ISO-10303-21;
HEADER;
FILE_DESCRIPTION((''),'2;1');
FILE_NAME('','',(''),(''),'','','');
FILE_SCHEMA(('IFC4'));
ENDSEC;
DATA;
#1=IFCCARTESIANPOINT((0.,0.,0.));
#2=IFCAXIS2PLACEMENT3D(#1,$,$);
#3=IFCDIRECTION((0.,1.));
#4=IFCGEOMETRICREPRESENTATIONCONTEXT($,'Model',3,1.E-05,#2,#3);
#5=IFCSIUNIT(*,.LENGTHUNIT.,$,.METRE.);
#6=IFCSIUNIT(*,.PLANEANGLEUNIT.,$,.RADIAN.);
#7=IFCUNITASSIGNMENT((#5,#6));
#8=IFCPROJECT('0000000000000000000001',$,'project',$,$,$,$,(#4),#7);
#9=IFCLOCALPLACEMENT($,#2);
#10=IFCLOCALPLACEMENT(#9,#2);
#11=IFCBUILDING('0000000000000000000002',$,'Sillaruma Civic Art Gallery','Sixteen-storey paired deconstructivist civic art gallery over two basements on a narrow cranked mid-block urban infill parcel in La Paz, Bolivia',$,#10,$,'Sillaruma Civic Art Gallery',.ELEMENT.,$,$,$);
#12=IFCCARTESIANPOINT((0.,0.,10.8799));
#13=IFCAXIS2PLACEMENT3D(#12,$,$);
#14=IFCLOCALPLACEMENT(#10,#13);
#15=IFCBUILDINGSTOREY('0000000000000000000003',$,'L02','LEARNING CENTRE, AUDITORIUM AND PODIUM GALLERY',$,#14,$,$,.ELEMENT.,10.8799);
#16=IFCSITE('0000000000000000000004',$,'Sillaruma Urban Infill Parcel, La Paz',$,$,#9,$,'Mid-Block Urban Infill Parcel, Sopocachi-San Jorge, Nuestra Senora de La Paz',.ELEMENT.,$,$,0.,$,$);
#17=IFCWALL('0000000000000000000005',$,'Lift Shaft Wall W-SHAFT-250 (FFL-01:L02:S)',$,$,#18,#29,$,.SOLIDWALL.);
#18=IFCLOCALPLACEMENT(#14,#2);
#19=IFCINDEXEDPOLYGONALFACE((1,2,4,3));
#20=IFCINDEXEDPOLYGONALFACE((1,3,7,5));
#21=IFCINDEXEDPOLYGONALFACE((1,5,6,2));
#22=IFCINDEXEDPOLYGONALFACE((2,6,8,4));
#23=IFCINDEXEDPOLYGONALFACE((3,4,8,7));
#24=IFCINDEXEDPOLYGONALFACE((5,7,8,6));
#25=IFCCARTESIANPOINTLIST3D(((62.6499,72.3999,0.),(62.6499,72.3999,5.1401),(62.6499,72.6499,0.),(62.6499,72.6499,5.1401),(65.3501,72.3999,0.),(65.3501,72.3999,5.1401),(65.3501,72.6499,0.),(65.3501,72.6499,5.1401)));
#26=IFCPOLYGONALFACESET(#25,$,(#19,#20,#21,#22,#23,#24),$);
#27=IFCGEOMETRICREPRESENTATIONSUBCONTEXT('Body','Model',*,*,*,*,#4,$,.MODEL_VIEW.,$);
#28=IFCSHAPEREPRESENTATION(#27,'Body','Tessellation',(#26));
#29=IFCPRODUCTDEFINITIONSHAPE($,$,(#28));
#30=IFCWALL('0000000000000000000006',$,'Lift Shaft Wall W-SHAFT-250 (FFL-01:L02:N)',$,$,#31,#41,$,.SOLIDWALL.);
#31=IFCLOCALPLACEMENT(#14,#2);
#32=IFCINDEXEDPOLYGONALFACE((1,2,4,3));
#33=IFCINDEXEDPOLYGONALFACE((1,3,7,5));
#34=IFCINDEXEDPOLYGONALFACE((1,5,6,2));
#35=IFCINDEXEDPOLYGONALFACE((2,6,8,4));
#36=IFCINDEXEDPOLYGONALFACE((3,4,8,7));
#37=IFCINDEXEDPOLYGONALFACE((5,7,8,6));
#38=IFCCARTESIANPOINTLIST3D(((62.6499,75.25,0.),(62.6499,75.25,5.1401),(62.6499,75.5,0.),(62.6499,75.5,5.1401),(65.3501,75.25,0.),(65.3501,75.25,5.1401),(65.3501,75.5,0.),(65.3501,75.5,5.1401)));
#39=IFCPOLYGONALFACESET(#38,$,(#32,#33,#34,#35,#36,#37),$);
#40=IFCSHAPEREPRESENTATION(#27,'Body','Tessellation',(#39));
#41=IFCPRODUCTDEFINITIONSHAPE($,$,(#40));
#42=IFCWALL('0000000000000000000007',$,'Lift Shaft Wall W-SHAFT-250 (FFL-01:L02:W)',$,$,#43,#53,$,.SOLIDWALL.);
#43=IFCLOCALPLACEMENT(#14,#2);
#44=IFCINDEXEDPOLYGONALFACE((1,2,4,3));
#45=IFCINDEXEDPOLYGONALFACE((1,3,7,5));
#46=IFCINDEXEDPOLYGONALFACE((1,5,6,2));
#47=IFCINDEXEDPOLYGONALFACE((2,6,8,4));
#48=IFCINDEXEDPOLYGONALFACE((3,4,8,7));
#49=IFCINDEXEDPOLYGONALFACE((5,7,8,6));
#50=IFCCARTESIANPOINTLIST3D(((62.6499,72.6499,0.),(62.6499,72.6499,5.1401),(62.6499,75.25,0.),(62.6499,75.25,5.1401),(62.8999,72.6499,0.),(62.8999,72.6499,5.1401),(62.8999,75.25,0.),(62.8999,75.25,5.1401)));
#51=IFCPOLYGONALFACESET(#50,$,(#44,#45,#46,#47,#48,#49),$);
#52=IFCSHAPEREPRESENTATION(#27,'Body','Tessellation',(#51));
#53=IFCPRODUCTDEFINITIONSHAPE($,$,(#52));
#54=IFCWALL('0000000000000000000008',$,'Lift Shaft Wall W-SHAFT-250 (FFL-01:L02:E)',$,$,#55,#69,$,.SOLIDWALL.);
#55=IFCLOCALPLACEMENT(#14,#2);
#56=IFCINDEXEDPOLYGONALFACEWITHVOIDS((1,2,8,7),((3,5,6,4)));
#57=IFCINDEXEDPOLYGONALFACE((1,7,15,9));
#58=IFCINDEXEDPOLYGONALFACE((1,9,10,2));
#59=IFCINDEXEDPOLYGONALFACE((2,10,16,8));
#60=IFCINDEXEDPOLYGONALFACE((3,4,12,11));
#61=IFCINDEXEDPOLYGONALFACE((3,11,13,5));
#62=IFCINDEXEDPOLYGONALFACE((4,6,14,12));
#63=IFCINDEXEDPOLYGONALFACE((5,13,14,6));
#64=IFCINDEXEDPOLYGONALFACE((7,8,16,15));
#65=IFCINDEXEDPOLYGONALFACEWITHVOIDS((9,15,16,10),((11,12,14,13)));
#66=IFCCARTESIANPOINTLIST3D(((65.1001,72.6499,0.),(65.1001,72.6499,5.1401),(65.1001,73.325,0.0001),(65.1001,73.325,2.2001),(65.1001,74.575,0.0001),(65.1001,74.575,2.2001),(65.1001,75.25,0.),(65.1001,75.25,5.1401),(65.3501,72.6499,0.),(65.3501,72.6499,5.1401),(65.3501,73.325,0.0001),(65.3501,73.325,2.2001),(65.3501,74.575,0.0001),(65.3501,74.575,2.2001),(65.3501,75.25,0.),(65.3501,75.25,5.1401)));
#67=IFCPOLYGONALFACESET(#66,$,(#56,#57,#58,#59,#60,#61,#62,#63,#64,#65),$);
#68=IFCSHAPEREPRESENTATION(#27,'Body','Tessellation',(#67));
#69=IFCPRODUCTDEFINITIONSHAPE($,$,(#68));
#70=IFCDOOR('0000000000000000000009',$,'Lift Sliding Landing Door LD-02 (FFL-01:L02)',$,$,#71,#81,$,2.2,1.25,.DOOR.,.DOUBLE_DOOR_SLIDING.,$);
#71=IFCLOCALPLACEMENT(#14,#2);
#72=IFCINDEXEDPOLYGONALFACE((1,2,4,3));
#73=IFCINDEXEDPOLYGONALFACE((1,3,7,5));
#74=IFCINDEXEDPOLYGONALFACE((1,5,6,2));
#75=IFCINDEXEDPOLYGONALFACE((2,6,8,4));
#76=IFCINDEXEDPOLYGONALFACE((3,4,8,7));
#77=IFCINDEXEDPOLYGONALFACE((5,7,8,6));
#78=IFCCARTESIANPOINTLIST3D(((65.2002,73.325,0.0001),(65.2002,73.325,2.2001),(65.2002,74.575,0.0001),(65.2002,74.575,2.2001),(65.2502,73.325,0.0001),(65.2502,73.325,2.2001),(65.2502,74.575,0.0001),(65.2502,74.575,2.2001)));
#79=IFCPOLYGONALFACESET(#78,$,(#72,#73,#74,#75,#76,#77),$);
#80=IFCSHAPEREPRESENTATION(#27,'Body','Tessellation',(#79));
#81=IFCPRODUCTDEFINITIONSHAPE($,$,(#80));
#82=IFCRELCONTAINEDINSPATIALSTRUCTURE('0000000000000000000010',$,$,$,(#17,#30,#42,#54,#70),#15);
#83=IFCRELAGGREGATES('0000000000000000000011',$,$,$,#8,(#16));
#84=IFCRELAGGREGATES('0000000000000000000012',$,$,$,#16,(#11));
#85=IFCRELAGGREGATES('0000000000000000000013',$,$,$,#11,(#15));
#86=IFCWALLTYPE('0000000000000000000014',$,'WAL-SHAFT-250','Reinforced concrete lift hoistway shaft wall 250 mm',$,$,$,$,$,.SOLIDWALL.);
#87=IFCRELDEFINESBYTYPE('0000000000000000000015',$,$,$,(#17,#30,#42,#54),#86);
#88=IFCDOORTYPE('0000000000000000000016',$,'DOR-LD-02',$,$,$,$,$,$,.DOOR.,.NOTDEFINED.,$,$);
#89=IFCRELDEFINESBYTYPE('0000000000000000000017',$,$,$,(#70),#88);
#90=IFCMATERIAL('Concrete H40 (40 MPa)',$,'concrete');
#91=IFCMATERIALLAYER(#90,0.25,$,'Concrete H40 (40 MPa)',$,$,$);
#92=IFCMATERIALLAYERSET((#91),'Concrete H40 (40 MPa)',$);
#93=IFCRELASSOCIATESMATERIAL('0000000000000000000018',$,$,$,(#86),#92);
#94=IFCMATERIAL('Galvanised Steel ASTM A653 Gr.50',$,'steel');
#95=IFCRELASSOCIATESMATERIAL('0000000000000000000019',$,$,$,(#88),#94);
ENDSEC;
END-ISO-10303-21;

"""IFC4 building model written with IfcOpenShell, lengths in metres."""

from ifc_helpers import new_model, si_unit, direction, frame, frame_2d, origin, place, context, subcontext, project, spatial, rectangle, extrude, material, layer, layer_set, type_object, element, fill, save


model = new_model("IFC4")

# Units and contexts
model_context = context("Model", 3, precision=1e-05, world=origin(), true_north=direction((0.0, 1.0)))
body_context = subcontext(model_context, "Body", "Model", "MODEL_VIEW")
ifc_project = project(units=[si_unit("LENGTHUNIT", "METRE"), si_unit("PLANEANGLEUNIT", "RADIAN")], contexts=[model_context])

# Site, building, storey
site_placement = place(None, origin())
site = spatial("IfcSite", under=ifc_project, at=site_placement, Name="Sillaruma Urban Infill Parcel, La Paz", LongName="Mid-Block Urban Infill Parcel, Sopocachi-San Jorge, Nuestra Senora de La Paz", CompositionType="ELEMENT", RefElevation=0.0)
building_placement = place(site_placement, origin())
building = spatial("IfcBuilding", under=site, at=building_placement, Name="Sillaruma Civic Art Gallery", Description="Sixteen-storey paired deconstructivist civic art gallery over two basements on a narrow cranked mid-block urban infill parcel in La Paz, Bolivia", LongName="Sillaruma Civic Art Gallery", CompositionType="ELEMENT")
storey_placement = place(building_placement, frame((0.0, 0.0, 10.8799)))
storey = spatial("IfcBuildingStorey", under=building, at=storey_placement, Name="L02", Description="LEARNING CENTRE, AUDITORIUM AND PODIUM GALLERY", CompositionType="ELEMENT", Elevation=10.8799)

# Shared definitions
ifc_material_1 = material(Name="Concrete H40 (40 MPa)", Category="concrete")

# Shared definitions
ifc_material_2 = material(Name="Galvanised Steel ASTM A653 Gr.50", Category="steel")

# Walls
ifc_layer_1 = layer(ifc_material_1, 0.25, Name="Concrete H40 (40 MPa)")
ifc_layer_set_1 = layer_set([ifc_layer_1], Name="Concrete H40 (40 MPa)")
wall_type_1 = type_object("IfcWallType", Name="WAL-SHAFT-250", Description="Reinforced concrete lift hoistway shaft wall 250 mm", PredefinedType="SOLIDWALL", material=ifc_layer_set_1)
for number, where, z_axis, x_axis, name in (
    (1, (62.6499, 72.5249, 0.0), (0.0, 0.0, 1.0), (1.0, 0.0, 0.0), "Lift Shaft Wall W-SHAFT-250 (FFL-01:L02:S)"),
    (2, (62.6499, 75.375, 0.0), (0.0, 0.0, 1.0), (1.0, 0.0, 0.0), "Lift Shaft Wall W-SHAFT-250 (FFL-01:L02:N)"),
):
    element("IfcWall", number, at=place(storey_placement, frame(where, z_axis=z_axis, x_axis=x_axis)), inside=storey, type_object=wall_type_1, Name=name, PredefinedType="SOLIDWALL", context=body_context, shape_type="SweptSolid", body=[
        extrude(rectangle(XDim=2.7002, YDim=0.25, at=frame_2d((1.3501, 0.0))), origin(), (0.0, 0.0, 1.0), 5.1401),
    ])
wall_1_placement = place(storey_placement, frame((62.7749, 72.6499, 0.0), z_axis=(0.0, 0.0, 1.0), x_axis=(0.0, 1.0, 0.0)))
element("IfcWall", 3, at=wall_1_placement, inside=storey, type_object=wall_type_1, Name="Lift Shaft Wall W-SHAFT-250 (FFL-01:L02:W)", PredefinedType="SOLIDWALL", context=body_context, shape_type="SweptSolid", body=[
    extrude(rectangle(XDim=2.6001, YDim=0.25, at=frame_2d((1.3, 0.0))), origin(), (0.0, 0.0, 1.0), 5.1401),
])

# Wall, opening, door
wall_2_placement = place(storey_placement, frame((65.2251, 72.6499, 0.0), z_axis=(0.0, 0.0, 1.0), x_axis=(0.0, 1.0, 0.0)))
wall_2 = element("IfcWall", 4, at=wall_2_placement, inside=storey, type_object=wall_type_1, Name="Lift Shaft Wall W-SHAFT-250 (FFL-01:L02:E)", PredefinedType="SOLIDWALL", context=body_context, shape_type="SweptSolid", body=[
    extrude(rectangle(XDim=2.6001, YDim=0.25, at=frame_2d((1.3, 0.0))), origin(), (0.0, 0.0, 1.0), 5.1401),
])
opening_1_placement = place(wall_2_placement, frame((0.675, 0.0, 0.0)))
opening_1 = element("IfcOpeningElement", 5, at=opening_1_placement, cuts=wall_2, PredefinedType="OPENING", context=body_context, shape_type="SweptSolid", body=[
    extrude(rectangle(XDim=1.25, YDim=2.2, at=frame_2d((0.625, 1.1001))), frame((0.0, 0.135, 0.0), z_axis=(0.0, -1.0, 0.0), x_axis=(1.0, 0.0, 0.0)), (0.0, 0.0, 1.0), 0.27),
])
door_type_1 = type_object("IfcDoorType", Name="DOR-LD-02", OperationType="NOTDEFINED", PredefinedType="DOOR", material=ifc_material_2)
door_1_placement = place(opening_1_placement, origin())
door_1 = element("IfcDoor", 6, at=door_1_placement, inside=storey, type_object=door_type_1, Name="Lift Sliding Landing Door LD-02 (FFL-01:L02)", OperationType="DOUBLE_DOOR_SLIDING", OverallHeight=2.2, OverallWidth=1.25, PredefinedType="DOOR", context=body_context, shape_type="SweptSolid", body=[
    extrude(rectangle(XDim=1.25, YDim=2.2, at=frame_2d((0.625, 1.1001))), frame((0.0, 0.0249, 0.0), z_axis=(0.0, -1.0, 0.0), x_axis=(1.0, 0.0, 0.0)), (0.0, 0.0, 1.0), 0.05),
])
fill(opening_1, door_1)

save(model, "model.ifc")
